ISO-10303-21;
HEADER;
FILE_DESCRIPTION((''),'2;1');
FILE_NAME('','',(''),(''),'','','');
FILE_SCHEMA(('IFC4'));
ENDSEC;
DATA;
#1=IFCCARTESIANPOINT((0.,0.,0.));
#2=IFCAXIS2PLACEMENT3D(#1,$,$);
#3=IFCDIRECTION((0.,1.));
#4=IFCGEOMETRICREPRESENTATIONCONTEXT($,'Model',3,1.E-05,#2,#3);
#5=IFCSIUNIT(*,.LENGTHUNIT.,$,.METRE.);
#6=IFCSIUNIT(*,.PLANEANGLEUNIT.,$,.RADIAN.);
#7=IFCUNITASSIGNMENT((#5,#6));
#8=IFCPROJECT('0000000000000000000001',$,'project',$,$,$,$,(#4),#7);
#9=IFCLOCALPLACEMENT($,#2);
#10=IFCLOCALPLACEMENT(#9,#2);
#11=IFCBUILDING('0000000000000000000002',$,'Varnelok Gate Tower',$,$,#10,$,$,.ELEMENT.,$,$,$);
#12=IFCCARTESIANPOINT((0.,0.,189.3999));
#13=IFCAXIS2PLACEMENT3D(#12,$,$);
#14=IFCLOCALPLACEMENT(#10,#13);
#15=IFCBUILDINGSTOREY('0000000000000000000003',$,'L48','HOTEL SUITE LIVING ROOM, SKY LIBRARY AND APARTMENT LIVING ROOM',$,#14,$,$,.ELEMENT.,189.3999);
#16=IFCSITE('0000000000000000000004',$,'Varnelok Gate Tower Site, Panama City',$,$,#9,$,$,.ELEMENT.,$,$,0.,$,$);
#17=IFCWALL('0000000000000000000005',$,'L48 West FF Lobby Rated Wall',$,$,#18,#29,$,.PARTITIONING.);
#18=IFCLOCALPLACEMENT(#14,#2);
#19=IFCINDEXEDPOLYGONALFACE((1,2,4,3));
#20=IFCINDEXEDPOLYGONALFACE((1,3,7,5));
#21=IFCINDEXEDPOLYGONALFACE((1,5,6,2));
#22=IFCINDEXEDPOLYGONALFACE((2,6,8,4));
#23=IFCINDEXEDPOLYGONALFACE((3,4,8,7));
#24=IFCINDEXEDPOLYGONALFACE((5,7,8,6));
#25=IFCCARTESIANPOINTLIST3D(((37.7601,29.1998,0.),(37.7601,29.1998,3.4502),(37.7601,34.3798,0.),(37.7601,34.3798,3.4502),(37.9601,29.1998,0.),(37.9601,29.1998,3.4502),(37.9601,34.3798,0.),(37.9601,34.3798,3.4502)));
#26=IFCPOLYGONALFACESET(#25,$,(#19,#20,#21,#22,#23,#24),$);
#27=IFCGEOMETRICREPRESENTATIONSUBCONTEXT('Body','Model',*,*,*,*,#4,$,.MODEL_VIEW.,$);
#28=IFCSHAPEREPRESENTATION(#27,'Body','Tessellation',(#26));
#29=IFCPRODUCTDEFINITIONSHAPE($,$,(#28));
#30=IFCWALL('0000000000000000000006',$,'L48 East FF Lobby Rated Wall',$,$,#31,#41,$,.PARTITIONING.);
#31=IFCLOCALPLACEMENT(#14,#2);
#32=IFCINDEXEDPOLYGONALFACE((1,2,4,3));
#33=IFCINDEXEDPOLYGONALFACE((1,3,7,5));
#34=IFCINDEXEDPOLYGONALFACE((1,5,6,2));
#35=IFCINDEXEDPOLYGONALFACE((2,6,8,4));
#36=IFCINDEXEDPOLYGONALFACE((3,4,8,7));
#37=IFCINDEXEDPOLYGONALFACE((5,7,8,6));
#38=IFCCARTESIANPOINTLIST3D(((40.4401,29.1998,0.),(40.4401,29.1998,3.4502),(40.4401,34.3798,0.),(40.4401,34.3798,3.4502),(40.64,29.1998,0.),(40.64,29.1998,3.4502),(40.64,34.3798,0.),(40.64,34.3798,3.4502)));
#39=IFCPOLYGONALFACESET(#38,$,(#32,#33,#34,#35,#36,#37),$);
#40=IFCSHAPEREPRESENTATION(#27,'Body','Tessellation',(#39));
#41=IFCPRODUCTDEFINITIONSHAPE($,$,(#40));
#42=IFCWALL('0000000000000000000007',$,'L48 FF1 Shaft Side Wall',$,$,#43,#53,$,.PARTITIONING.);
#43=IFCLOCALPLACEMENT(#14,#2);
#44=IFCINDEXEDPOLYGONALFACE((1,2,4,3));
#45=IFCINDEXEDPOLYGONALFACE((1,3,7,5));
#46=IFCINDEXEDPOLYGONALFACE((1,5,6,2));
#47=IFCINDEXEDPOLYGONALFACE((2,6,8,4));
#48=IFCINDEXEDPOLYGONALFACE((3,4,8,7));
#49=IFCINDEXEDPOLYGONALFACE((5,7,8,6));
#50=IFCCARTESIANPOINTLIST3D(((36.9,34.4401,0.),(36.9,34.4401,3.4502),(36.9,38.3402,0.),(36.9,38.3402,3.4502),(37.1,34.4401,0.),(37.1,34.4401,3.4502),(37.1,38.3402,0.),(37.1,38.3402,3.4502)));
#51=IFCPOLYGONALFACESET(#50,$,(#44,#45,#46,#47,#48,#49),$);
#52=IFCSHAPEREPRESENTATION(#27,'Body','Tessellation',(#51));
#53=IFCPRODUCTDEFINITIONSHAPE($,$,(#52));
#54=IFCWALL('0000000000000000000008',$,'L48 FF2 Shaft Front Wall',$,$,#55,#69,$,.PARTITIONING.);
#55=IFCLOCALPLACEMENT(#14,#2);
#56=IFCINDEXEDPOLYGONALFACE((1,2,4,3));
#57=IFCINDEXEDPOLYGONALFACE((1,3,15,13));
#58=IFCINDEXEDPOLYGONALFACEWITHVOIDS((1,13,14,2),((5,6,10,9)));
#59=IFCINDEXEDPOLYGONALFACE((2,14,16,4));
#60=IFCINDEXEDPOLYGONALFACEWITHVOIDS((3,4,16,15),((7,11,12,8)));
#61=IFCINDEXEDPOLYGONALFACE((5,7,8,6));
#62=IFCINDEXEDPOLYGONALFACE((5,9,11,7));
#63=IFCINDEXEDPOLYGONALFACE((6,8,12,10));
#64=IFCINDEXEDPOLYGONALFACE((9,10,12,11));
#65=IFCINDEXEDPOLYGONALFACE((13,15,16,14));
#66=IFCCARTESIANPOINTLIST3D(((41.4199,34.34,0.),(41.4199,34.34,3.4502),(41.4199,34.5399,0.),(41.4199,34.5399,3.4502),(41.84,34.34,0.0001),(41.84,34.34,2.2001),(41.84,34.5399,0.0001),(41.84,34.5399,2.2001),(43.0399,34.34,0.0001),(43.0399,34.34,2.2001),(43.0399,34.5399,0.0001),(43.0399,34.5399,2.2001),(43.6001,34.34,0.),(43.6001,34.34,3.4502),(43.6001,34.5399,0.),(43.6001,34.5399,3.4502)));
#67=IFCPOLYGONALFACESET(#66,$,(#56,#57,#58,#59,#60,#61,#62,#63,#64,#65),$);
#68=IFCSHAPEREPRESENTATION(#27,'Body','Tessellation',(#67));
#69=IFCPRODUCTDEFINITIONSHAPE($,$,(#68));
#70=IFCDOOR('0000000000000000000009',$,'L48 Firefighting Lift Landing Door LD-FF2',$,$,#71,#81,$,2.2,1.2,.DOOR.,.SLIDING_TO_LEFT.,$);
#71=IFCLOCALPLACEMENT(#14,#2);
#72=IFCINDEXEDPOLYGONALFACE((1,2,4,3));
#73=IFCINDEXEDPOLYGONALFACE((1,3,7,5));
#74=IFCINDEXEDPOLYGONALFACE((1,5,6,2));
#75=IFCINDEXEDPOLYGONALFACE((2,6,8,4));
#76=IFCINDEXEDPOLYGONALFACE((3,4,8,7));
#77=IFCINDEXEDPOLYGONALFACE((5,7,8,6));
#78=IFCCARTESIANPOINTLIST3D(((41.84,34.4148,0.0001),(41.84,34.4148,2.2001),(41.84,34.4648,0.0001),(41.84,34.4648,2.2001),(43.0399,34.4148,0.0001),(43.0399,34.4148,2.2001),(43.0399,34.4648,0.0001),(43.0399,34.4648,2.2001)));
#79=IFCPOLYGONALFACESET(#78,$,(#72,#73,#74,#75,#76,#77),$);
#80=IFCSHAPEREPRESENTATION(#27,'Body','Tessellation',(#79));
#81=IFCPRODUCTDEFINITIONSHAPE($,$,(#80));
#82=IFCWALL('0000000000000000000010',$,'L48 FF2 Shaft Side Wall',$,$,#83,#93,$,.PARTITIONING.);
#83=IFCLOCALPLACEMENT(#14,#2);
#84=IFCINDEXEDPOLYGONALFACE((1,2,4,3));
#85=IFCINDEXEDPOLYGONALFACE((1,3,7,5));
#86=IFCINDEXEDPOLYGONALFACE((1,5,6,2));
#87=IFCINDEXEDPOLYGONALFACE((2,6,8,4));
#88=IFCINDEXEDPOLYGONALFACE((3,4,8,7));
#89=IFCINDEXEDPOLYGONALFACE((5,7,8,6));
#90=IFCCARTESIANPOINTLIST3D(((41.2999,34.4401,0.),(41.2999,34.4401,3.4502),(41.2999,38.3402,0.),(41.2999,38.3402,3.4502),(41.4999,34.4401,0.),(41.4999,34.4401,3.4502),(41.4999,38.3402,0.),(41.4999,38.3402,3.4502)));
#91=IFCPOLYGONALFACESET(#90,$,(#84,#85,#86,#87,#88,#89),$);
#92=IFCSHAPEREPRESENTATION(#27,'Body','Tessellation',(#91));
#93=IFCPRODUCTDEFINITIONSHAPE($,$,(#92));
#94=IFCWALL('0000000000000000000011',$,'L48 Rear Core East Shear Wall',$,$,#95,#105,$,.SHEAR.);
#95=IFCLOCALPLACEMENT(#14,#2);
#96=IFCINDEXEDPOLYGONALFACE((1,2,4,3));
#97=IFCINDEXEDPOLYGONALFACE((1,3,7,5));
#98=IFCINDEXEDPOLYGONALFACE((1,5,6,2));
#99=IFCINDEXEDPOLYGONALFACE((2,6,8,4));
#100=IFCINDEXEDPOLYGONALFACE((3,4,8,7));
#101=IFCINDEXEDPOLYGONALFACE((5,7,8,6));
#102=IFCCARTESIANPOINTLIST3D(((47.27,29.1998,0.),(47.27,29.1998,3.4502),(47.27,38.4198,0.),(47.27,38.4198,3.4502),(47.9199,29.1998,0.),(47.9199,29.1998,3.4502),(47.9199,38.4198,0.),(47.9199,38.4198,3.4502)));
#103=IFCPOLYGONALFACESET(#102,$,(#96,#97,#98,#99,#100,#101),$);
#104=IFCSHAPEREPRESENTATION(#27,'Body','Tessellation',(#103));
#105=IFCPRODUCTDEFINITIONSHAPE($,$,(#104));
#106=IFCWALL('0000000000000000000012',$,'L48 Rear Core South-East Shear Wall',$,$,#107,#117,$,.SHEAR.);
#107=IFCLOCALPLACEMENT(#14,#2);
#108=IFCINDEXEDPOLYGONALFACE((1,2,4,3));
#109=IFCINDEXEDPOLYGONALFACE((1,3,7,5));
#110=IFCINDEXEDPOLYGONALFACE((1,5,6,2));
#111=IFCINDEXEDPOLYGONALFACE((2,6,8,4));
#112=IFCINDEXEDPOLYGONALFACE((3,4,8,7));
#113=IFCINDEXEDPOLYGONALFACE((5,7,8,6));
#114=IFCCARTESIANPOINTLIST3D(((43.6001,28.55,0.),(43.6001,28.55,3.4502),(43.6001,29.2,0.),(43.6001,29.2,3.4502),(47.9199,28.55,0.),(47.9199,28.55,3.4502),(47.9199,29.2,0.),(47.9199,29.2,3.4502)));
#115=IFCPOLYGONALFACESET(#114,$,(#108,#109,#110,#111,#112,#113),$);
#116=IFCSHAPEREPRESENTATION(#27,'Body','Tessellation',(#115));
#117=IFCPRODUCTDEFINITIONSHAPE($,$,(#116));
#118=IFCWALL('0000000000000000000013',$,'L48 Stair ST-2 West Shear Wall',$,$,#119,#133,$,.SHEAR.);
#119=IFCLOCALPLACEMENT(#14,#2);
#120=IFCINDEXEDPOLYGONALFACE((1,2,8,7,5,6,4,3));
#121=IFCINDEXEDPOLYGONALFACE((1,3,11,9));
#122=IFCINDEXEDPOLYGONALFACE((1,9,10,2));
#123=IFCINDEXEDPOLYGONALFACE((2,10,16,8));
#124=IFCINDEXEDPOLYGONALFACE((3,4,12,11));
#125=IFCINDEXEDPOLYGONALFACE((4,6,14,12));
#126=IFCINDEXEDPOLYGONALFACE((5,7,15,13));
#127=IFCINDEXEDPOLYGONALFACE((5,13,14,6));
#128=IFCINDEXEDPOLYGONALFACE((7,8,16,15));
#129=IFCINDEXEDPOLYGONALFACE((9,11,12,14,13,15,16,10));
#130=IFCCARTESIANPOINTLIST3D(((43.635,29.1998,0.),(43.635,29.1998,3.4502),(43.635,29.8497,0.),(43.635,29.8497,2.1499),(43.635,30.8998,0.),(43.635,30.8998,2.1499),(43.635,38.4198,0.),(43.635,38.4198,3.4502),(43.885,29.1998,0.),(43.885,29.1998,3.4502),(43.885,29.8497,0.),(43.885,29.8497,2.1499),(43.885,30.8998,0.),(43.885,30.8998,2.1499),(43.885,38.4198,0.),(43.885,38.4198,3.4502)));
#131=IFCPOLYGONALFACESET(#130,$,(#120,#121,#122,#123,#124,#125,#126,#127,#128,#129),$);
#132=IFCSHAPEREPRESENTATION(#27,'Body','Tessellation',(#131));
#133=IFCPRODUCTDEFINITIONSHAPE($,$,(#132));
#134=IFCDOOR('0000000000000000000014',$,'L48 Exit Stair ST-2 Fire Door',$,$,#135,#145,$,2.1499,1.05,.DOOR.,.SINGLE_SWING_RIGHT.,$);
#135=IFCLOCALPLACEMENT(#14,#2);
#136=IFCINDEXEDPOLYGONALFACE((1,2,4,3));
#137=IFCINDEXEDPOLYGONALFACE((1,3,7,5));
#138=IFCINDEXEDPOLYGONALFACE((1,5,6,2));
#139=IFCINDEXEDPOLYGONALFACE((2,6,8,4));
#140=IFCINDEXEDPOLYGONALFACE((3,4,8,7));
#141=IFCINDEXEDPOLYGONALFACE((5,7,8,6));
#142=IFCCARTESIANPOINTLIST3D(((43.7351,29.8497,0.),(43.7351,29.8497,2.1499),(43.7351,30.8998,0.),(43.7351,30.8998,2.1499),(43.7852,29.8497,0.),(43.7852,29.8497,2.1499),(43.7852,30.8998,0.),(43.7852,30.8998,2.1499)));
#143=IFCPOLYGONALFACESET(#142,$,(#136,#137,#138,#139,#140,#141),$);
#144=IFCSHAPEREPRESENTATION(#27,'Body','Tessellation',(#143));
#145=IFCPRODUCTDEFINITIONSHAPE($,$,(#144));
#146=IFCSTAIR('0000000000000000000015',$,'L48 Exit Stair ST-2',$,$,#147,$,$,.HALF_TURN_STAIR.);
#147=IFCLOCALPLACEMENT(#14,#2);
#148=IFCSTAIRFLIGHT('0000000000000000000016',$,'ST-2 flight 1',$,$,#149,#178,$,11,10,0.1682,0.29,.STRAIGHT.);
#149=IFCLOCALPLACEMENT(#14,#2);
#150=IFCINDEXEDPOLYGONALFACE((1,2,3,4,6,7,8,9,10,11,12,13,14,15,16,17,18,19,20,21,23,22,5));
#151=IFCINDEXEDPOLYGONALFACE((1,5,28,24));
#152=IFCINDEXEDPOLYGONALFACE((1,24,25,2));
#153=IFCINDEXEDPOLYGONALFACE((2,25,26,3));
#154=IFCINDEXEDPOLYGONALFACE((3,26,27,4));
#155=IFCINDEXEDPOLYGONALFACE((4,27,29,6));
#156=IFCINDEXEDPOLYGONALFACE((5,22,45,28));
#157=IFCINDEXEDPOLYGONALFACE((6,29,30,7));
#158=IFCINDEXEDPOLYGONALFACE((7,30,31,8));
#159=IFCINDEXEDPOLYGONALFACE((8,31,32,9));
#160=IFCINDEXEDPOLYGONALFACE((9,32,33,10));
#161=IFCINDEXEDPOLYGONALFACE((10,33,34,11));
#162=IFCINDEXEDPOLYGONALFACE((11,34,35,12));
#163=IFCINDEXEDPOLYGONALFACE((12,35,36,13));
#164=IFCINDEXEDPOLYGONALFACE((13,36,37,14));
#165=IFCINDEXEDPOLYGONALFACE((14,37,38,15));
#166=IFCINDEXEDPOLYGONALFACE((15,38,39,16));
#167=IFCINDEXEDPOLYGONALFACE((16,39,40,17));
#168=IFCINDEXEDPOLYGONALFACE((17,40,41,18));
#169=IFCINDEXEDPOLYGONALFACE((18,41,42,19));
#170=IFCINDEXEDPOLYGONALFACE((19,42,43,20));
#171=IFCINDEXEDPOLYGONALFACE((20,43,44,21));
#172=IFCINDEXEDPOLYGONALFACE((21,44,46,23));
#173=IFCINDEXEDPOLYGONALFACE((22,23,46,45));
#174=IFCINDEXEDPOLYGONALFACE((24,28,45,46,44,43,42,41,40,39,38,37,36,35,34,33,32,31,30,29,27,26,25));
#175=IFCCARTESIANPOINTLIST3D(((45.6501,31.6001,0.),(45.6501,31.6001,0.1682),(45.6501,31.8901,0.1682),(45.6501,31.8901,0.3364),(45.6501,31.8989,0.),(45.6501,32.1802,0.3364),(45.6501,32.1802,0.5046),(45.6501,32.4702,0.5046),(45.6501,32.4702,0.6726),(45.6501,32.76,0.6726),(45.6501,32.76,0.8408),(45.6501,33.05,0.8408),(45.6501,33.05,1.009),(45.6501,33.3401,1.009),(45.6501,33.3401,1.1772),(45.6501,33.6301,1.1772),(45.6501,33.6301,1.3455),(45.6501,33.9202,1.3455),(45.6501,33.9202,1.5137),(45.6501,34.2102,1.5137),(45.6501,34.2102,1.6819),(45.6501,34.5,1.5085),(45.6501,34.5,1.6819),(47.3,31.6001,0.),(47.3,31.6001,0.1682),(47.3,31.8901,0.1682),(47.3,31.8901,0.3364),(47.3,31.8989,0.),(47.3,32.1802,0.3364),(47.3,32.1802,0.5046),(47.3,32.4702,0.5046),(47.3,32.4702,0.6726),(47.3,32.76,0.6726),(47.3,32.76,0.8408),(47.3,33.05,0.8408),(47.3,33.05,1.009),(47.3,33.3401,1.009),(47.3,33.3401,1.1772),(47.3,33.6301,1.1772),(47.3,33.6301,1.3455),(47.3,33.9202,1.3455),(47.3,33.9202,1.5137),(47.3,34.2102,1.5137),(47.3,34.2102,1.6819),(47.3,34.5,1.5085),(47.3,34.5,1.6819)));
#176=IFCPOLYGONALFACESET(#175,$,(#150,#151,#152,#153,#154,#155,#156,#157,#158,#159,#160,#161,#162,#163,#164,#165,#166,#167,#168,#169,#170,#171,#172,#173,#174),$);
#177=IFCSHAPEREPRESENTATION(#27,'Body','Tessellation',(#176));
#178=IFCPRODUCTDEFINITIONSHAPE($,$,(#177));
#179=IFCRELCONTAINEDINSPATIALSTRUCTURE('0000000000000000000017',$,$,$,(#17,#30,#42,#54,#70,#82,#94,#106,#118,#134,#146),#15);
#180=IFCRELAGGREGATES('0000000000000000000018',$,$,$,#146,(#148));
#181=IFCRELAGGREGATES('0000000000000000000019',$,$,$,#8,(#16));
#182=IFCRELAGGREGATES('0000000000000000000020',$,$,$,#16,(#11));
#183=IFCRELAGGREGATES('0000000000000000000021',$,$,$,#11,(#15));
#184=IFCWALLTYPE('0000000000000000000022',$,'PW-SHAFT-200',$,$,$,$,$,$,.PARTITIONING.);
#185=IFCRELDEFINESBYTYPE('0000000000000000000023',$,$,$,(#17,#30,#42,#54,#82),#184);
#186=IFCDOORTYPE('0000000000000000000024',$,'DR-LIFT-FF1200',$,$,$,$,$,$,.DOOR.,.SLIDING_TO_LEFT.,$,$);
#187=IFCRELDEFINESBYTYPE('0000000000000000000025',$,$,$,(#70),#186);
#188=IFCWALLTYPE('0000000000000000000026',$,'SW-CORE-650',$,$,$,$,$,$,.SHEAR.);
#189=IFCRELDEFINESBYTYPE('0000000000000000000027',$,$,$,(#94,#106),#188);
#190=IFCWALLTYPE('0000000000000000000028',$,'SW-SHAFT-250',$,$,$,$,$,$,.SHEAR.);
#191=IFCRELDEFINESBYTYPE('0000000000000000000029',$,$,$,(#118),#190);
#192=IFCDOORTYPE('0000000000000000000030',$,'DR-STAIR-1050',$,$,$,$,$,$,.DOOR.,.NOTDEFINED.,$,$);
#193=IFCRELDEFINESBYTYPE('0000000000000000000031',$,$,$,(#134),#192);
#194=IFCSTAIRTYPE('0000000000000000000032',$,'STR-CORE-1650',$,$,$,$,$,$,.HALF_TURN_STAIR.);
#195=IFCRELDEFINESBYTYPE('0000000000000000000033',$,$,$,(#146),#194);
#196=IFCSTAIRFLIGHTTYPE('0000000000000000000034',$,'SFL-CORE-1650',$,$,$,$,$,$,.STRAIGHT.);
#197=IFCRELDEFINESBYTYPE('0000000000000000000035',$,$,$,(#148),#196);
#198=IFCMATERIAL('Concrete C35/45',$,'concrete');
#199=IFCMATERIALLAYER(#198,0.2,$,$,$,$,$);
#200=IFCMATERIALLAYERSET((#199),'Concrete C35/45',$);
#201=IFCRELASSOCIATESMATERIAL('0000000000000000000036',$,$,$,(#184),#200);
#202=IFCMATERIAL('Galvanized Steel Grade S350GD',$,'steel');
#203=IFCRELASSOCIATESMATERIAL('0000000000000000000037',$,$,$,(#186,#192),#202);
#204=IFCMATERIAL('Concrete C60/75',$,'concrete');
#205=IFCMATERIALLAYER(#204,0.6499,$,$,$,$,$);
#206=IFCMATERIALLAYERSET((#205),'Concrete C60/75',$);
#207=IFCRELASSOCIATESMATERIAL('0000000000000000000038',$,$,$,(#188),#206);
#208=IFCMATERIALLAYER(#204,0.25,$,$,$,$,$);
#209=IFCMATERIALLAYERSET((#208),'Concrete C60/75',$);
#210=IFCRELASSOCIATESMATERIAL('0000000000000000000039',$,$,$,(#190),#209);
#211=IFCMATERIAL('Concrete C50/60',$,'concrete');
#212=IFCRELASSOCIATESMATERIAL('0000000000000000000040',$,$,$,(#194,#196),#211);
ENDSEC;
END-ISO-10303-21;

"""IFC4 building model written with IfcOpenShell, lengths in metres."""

from ifc_helpers import new_model, si_unit, direction, frame, frame_2d, origin, place, context, subcontext, project, spatial, polyline, rectangle, outline, extrude, material, layer, layer_set, type_object, element, fill, aggregate, save


model = new_model("IFC4")

# Units and contexts
model_context = context("Model", 3, precision=1e-05, world=origin(), true_north=direction((0.0, 1.0)))
body_context = subcontext(model_context, "Body", "Model", "MODEL_VIEW")
ifc_project = project(units=[si_unit("LENGTHUNIT", "METRE"), si_unit("PLANEANGLEUNIT", "RADIAN")], contexts=[model_context])

# Site, building, storey
site_placement = place(None, origin())
site = spatial("IfcSite", under=ifc_project, at=site_placement, Name="Varnelok Gate Tower Site, Panama City", CompositionType="ELEMENT", RefElevation=0.0)
building_placement = place(site_placement, origin())
building = spatial("IfcBuilding", under=site, at=building_placement, Name="Varnelok Gate Tower", CompositionType="ELEMENT")
storey_placement = place(building_placement, frame((0.0, 0.0, 189.3999)))
storey = spatial("IfcBuildingStorey", under=building, at=storey_placement, Name="L48", Description="HOTEL SUITE LIVING ROOM, SKY LIBRARY AND APARTMENT LIVING ROOM", CompositionType="ELEMENT", Elevation=189.3999)

# Shared definitions
ifc_material_1 = material(Name="Concrete C60/75", Category="concrete")

# Shared definitions
ifc_material_2 = material(Name="Galvanized Steel Grade S350GD", Category="steel")

# Walls
ifc_material_3 = material(Name="Concrete C35/45", Category="concrete")
ifc_layer_1 = layer(ifc_material_3, 0.2)
ifc_layer_set_1 = layer_set([ifc_layer_1], Name="Concrete C35/45")
wall_type_1 = type_object("IfcWallType", Name="PW-SHAFT-200", PredefinedType="PARTITIONING", material=ifc_layer_set_1)
for number, where, z_axis, x_axis, name in (
    (1, (37.8601, 29.2, 0.0), (0.0, 0.0, 1.0), (0.0, 1.0, 0.0), "L48 West FF Lobby Rated Wall"),
    (2, (40.54, 29.2, 0.0), (0.0, 0.0, 1.0), (0.0, 1.0, 0.0), "L48 East FF Lobby Rated Wall"),
):
    element("IfcWall", number, at=place(storey_placement, frame(where, z_axis=z_axis, x_axis=x_axis)), inside=storey, type_object=wall_type_1, Name=name, PredefinedType="PARTITIONING", context=body_context, shape_type="SweptSolid", body=[
        extrude(rectangle(XDim=5.1799, YDim=0.2, at=frame_2d((2.5898, 0.0))), origin(), (0.0, 0.0, 1.0), 3.4502),
    ])
wall_1_placement = place(storey_placement, frame((37.0, 34.4399, 0.0), z_axis=(0.0, 0.0, 1.0), x_axis=(0.0, 1.0, 0.0)))
element("IfcWall", 3, at=wall_1_placement, inside=storey, type_object=wall_type_1, Name="L48 FF1 Shaft Side Wall", PredefinedType="PARTITIONING", context=body_context, shape_type="SweptSolid", body=[
    extrude(rectangle(XDim=3.9001, YDim=0.2, at=frame_2d((1.9502, 0.0))), origin(), (0.0, 0.0, 1.0), 3.4502),
])

# Wall, opening, door
wall_2_placement = place(storey_placement, frame((41.4199, 34.4399, 0.0), z_axis=(0.0, 0.0, 1.0), x_axis=(1.0, 0.0, 0.0)))
wall_2 = element("IfcWall", 4, at=wall_2_placement, inside=storey, type_object=wall_type_1, Name="L48 FF2 Shaft Front Wall", PredefinedType="PARTITIONING", context=body_context, shape_type="SweptSolid", body=[
    extrude(rectangle(XDim=2.1802, YDim=0.2, at=frame_2d((1.0901, 0.0))), origin(), (0.0, 0.0, 1.0), 3.4502),
])
opening_1_placement = place(wall_2_placement, frame((0.4199, 0.0, 0.0)))
opening_1 = element("IfcOpeningElement", 5, at=opening_1_placement, cuts=wall_2, PredefinedType="OPENING", context=body_context, shape_type="SweptSolid", body=[
    extrude(rectangle(XDim=1.2, YDim=2.2, at=frame_2d((0.6001, 1.1001))), frame((0.0, 0.1099, 0.0), z_axis=(0.0, -1.0, 0.0), x_axis=(1.0, 0.0, 0.0)), (0.0, 0.0, 1.0), 0.22),
])
door_type_1 = type_object("IfcDoorType", Name="DR-LIFT-FF1200", OperationType="SLIDING_TO_LEFT", PredefinedType="DOOR", material=ifc_material_2)
door_1_placement = place(opening_1_placement, origin())
door_1 = element("IfcDoor", 6, at=door_1_placement, inside=storey, type_object=door_type_1, Name="L48 Firefighting Lift Landing Door LD-FF2", OperationType="SLIDING_TO_LEFT", OverallHeight=2.2, OverallWidth=1.2, PredefinedType="DOOR", context=body_context, shape_type="SweptSolid", body=[
    extrude(rectangle(XDim=1.2, YDim=2.2, at=frame_2d((0.6001, 1.1001))), frame((0.0, 0.0249, 0.0), z_axis=(0.0, -1.0, 0.0), x_axis=(1.0, 0.0, 0.0)), (0.0, 0.0, 1.0), 0.05),
])
fill(opening_1, door_1)

# Walls
wall_3_placement = place(storey_placement, frame((41.3999, 34.4399, 0.0), z_axis=(0.0, 0.0, 1.0), x_axis=(0.0, 1.0, 0.0)))
element("IfcWall", 7, at=wall_3_placement, inside=storey, type_object=wall_type_1, Name="L48 FF2 Shaft Side Wall", PredefinedType="PARTITIONING", context=body_context, shape_type="SweptSolid", body=[
    extrude(rectangle(XDim=3.9001, YDim=0.2, at=frame_2d((1.9502, 0.0))), origin(), (0.0, 0.0, 1.0), 3.4502),
])
ifc_layer_2 = layer(ifc_material_1, 0.6499)
ifc_layer_set_2 = layer_set([ifc_layer_2], Name="Concrete C60/75")
wall_type_2 = type_object("IfcWallType", Name="SW-CORE-650", PredefinedType="SHEAR", material=ifc_layer_set_2)
wall_4_placement = place(storey_placement, frame((47.595, 29.2, 0.0), z_axis=(0.0, 0.0, 1.0), x_axis=(0.0, 1.0, 0.0)))
element("IfcWall", 8, at=wall_4_placement, inside=storey, type_object=wall_type_2, Name="L48 Rear Core East Shear Wall", PredefinedType="SHEAR", context=body_context, shape_type="SweptSolid", body=[
    extrude(rectangle(XDim=9.22, YDim=0.6499, at=frame_2d((4.6099, 0.0))), origin(), (0.0, 0.0, 1.0), 3.4502),
])
wall_5_placement = place(storey_placement, frame((43.6001, 28.875, 0.0), z_axis=(0.0, 0.0, 1.0), x_axis=(1.0, 0.0, 0.0)))
element("IfcWall", 9, at=wall_5_placement, inside=storey, type_object=wall_type_2, Name="L48 Rear Core South-East Shear Wall", PredefinedType="SHEAR", context=body_context, shape_type="SweptSolid", body=[
    extrude(rectangle(XDim=4.3198, YDim=0.6499, at=frame_2d((2.1599, 0.0))), origin(), (0.0, 0.0, 1.0), 3.4502),
])

# Wall, opening, door
ifc_layer_3 = layer(ifc_material_1, 0.25)
ifc_layer_set_3 = layer_set([ifc_layer_3], Name="Concrete C60/75")
wall_type_3 = type_object("IfcWallType", Name="SW-SHAFT-250", PredefinedType="SHEAR", material=ifc_layer_set_3)
wall_6_placement = place(storey_placement, frame((43.76, 29.2, 0.0), z_axis=(0.0, 0.0, 1.0), x_axis=(0.0, 1.0, 0.0)))
wall_6 = element("IfcWall", 10, at=wall_6_placement, inside=storey, type_object=wall_type_3, Name="L48 Stair ST-2 West Shear Wall", PredefinedType="SHEAR", context=body_context, shape_type="SweptSolid", body=[
    extrude(rectangle(XDim=9.22, YDim=0.25, at=frame_2d((4.6099, 0.0))), origin(), (0.0, 0.0, 1.0), 3.4502),
])
opening_2_placement = place(wall_6_placement, frame((0.6499, 0.0, 0.0)))
opening_2 = element("IfcOpeningElement", 11, at=opening_2_placement, cuts=wall_6, PredefinedType="OPENING", context=body_context, shape_type="SweptSolid", body=[
    extrude(rectangle(XDim=1.05, YDim=2.1499, at=frame_2d((0.5249, 1.075))), frame((0.0, 0.135, 0.0), z_axis=(0.0, -1.0, 0.0), x_axis=(1.0, 0.0, 0.0)), (0.0, 0.0, 1.0), 0.27),
])
door_type_2 = type_object("IfcDoorType", Name="DR-STAIR-1050", OperationType="NOTDEFINED", PredefinedType="DOOR", material=ifc_material_2)
door_2_placement = place(opening_2_placement, origin())
door_2 = element("IfcDoor", 12, at=door_2_placement, inside=storey, type_object=door_type_2, Name="L48 Exit Stair ST-2 Fire Door", OperationType="SINGLE_SWING_RIGHT", OverallHeight=2.1499, OverallWidth=1.05, PredefinedType="DOOR", context=body_context, shape_type="SweptSolid", body=[
    extrude(rectangle(XDim=1.05, YDim=2.1499, at=frame_2d((0.5249, 1.075))), frame((0.0, 0.0249, 0.0), z_axis=(0.0, -1.0, 0.0), x_axis=(1.0, 0.0, 0.0)), (0.0, 0.0, 1.0), 0.05),
])
fill(opening_2, door_2)

# Stair, stair flight
ifc_material_4 = material(Name="Concrete C50/60", Category="concrete")
stair_type = type_object("IfcStairType", Name="STR-CORE-1650", PredefinedType="HALF_TURN_STAIR", material=ifc_material_4)
stair_placement = place(storey_placement, origin())
stair = element("IfcStair", 13, at=stair_placement, inside=storey, type_object=stair_type, Name="L48 Exit Stair ST-2", PredefinedType="HALF_TURN_STAIR")
stair_flight_type = type_object("IfcStairFlightType", Name="SFL-CORE-1650", PredefinedType="STRAIGHT", material=ifc_material_4)
stair_flight_1_placement = place(storey_placement, frame((46.4751, 31.6001, 0.0), z_axis=(0.0, 0.0, 1.0), x_axis=(0.0, 1.0, 0.0)))
stair_flight_1 = element("IfcStairFlight", 14, at=stair_flight_1_placement, type_object=stair_flight_type, Name="ST-2 flight 1", NumberOfRisers=11, NumberOfTreads=10, PredefinedType="STRAIGHT", RiserHeight=0.1682, TreadLength=0.29, context=body_context, shape_type="SweptSolid", body=[
    extrude(outline(polyline([(0.0, 0.0), (0.0, 0.1682), (0.29, 0.1682), (0.29, 0.3364), (0.5801, 0.3364), (0.5801, 0.5046), (0.8701, 0.5046), (0.8701, 0.6726), (1.1599, 0.6726), (1.1599, 0.8408), (1.45, 0.8408), (1.45, 1.009), (1.74, 1.009), (1.74, 1.1772), (2.03, 1.1772), (2.03, 1.3455), (2.3201, 1.3455), (2.3201, 1.5137), (2.6101, 1.5137), (2.6101, 1.6819), (2.8999, 1.6819), (2.8999, 1.8501), (2.8999, 1.5085), (0.2988, 0.0), (0.0, 0.0)])), frame((0.0, 0.825, 0.0), z_axis=(0.0, -1.0, 0.0), x_axis=(1.0, 0.0, 0.0)), (0.0, 0.0, 1.0), 1.6499),
])
aggregate(stair, [stair_flight_1])

save(model, "model.ifc")
